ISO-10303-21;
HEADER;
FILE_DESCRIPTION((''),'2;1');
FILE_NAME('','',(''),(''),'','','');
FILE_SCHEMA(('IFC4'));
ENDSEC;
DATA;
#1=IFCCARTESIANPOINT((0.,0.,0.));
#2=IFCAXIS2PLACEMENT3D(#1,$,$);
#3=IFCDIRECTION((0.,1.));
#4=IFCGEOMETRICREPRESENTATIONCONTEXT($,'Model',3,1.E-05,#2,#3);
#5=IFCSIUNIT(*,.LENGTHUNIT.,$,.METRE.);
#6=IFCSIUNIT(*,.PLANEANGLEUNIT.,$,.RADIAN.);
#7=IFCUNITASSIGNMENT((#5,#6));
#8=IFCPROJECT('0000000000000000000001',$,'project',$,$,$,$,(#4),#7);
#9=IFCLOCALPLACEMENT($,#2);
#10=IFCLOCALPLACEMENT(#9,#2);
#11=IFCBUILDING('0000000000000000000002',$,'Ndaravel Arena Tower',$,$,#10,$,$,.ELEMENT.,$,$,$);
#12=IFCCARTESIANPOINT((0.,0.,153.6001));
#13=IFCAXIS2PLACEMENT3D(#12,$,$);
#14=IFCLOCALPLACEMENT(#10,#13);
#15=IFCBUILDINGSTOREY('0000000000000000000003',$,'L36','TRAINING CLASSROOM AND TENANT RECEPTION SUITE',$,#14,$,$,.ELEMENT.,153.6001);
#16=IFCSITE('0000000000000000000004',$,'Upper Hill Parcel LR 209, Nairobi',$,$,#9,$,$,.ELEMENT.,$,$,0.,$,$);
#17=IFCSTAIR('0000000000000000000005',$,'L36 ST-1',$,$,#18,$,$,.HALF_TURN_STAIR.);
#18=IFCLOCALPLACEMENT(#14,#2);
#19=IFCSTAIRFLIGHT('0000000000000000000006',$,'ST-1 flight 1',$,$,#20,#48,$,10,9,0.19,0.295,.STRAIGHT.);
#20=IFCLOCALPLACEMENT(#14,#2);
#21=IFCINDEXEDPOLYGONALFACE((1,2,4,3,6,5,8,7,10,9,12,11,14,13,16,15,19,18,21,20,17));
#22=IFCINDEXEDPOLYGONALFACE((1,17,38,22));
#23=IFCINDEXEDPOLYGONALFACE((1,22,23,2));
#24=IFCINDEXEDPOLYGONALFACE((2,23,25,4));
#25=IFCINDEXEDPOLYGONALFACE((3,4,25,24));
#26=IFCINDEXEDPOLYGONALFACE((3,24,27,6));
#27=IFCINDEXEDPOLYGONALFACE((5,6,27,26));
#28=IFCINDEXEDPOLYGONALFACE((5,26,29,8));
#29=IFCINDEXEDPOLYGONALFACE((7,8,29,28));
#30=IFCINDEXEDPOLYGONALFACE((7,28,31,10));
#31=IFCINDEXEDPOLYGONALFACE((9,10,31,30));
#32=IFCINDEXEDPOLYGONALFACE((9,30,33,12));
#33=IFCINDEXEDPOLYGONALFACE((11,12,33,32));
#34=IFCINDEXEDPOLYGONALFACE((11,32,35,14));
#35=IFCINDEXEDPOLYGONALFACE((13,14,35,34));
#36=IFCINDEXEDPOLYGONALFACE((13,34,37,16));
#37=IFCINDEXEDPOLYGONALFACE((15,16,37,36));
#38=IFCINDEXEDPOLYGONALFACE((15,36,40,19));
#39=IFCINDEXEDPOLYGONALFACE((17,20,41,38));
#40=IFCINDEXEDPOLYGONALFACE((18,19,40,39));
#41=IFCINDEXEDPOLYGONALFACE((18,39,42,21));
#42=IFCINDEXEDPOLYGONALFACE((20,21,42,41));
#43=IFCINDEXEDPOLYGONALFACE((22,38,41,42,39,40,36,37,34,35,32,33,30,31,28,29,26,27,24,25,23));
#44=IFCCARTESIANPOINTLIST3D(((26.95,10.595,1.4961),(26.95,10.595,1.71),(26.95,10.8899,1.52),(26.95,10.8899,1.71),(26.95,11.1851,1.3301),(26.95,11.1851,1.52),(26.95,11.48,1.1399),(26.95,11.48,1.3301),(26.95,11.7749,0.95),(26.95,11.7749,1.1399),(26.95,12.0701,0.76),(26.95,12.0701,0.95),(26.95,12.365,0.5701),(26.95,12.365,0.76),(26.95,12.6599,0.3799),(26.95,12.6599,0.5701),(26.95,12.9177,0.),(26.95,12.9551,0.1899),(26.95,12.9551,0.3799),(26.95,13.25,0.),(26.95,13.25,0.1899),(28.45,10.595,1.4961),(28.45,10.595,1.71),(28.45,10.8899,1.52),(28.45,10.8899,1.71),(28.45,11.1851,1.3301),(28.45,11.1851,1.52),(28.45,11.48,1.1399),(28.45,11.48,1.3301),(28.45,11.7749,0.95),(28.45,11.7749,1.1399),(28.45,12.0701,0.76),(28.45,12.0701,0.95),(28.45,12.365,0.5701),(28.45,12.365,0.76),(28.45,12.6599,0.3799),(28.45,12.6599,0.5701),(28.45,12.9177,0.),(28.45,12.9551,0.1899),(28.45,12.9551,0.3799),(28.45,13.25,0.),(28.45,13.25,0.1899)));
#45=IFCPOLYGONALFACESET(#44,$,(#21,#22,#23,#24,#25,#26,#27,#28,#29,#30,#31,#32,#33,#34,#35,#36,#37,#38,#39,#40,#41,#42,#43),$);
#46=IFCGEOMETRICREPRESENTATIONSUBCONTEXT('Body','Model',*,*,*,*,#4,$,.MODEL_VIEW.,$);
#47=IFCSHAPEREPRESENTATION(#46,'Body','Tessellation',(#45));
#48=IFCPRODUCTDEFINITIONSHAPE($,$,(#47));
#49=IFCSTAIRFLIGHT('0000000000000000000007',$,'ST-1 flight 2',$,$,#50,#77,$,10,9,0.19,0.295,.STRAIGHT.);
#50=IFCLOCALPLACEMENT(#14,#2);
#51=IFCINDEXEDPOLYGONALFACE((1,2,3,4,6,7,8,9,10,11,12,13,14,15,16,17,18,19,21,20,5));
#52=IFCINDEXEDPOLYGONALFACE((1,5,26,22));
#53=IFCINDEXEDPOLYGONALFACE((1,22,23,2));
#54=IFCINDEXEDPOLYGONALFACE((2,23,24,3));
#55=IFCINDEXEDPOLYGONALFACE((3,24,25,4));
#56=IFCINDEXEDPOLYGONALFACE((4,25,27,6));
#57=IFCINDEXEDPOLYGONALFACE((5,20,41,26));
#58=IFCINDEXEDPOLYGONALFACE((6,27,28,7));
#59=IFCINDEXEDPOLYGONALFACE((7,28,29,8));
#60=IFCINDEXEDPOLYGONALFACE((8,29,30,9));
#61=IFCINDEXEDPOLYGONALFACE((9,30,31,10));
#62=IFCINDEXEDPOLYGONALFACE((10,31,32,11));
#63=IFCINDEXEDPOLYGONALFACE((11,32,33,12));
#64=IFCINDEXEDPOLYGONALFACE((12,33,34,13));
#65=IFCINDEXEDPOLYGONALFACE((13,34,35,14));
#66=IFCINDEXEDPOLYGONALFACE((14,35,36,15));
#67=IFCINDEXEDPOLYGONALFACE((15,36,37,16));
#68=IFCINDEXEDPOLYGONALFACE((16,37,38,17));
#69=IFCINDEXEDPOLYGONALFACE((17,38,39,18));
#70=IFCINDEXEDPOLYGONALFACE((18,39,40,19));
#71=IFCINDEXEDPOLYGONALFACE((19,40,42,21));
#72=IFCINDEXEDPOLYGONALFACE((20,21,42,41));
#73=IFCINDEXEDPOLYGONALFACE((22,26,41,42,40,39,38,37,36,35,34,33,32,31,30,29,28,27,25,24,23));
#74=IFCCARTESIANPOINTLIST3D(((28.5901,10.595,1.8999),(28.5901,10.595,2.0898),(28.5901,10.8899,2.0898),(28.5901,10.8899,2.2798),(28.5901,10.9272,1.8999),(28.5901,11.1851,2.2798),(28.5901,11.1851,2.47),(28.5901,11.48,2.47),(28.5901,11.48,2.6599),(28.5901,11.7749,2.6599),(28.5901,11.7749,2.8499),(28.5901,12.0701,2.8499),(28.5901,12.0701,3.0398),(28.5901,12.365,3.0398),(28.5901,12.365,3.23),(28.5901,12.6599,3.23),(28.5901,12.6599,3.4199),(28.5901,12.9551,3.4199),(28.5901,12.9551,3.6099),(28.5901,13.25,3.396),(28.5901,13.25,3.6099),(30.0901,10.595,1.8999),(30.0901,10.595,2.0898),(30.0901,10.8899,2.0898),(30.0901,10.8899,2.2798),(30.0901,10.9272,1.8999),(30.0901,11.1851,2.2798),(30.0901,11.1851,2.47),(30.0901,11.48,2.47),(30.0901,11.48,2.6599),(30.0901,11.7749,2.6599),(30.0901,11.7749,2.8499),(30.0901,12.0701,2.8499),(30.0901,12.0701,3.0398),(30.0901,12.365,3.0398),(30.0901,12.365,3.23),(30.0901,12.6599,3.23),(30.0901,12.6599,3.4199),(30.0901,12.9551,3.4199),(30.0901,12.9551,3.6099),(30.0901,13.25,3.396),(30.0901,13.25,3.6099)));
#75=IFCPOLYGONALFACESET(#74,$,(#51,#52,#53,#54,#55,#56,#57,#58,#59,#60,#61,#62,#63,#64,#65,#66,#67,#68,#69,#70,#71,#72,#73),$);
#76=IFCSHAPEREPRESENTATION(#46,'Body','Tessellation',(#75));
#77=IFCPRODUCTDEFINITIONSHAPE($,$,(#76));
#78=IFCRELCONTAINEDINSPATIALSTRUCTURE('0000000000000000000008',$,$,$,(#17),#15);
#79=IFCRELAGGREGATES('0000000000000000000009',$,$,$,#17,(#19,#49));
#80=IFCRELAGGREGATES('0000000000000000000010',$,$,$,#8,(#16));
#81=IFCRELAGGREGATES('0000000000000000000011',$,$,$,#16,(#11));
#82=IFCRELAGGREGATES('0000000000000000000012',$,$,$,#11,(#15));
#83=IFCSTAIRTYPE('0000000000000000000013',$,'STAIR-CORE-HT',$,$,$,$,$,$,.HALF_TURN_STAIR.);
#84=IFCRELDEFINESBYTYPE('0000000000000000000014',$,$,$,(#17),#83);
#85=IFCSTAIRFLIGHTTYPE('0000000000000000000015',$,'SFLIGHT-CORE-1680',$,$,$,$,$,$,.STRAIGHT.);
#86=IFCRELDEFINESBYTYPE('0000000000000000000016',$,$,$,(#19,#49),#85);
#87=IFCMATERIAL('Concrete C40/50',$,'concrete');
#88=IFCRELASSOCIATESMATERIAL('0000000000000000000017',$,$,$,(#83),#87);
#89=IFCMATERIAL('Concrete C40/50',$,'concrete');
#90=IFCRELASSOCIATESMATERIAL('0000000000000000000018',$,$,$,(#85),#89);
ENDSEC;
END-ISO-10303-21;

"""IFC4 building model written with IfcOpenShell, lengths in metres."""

from ifc_helpers import new_model, si_unit, direction, frame, origin, place, context, subcontext, project, spatial, polyline, outline, extrude, material, type_object, element, aggregate, save


model = new_model("IFC4")

# Units and contexts
model_context = context("Model", 3, precision=1e-05, world=origin(), true_north=direction((0.0, 1.0)))
body_context = subcontext(model_context, "Body", "Model", "MODEL_VIEW")
ifc_project = project(units=[si_unit("LENGTHUNIT", "METRE"), si_unit("PLANEANGLEUNIT", "RADIAN")], contexts=[model_context])

# Site, building, storey
site_placement = place(None, origin())
site = spatial("IfcSite", under=ifc_project, at=site_placement, Name="Upper Hill Parcel LR 209, Nairobi", CompositionType="ELEMENT", RefElevation=0.0)
building_placement = place(site_placement, origin())
building = spatial("IfcBuilding", under=site, at=building_placement, Name="Ndaravel Arena Tower", CompositionType="ELEMENT")
storey_placement = place(building_placement, frame((0.0, 0.0, 153.6001)))
storey = spatial("IfcBuildingStorey", under=building, at=storey_placement, Name="L36", Description="TRAINING CLASSROOM AND TENANT RECEPTION SUITE", CompositionType="ELEMENT", Elevation=153.6001)

# Stair, stair flights
ifc_material_1 = material(Name="Concrete C40/50", Category="concrete")
stair_type = type_object("IfcStairType", Name="STAIR-CORE-HT", PredefinedType="HALF_TURN_STAIR", material=ifc_material_1)
stair_placement = place(storey_placement, origin())
stair = element("IfcStair", 1, at=stair_placement, inside=storey, type_object=stair_type, Name="L36 ST-1", PredefinedType="HALF_TURN_STAIR")
ifc_material_2 = material(Name="Concrete C40/50", Category="concrete")
stair_flight_type = type_object("IfcStairFlightType", Name="SFLIGHT-CORE-1680", PredefinedType="STRAIGHT", material=ifc_material_2)
stair_flight_1_placement = place(storey_placement, frame((27.7, 13.25, 0.0), z_axis=(0.0, 0.0, 1.0), x_axis=(0.0, -1.0, 0.0)))
stair_flight_1 = element("IfcStairFlight", 2, at=stair_flight_1_placement, type_object=stair_flight_type, Name="ST-1 flight 1", NumberOfRisers=10, NumberOfTreads=9, PredefinedType="STRAIGHT", RiserHeight=0.19, TreadLength=0.295, context=body_context, shape_type="SweptSolid", body=[
    extrude(outline(polyline([(0.0, 0.0), (0.0, 0.1899), (0.2949, 0.1899), (0.2949, 0.3799), (0.5901, 0.3799), (0.5901, 0.5701), (0.885, 0.5701), (0.885, 0.76), (1.1799, 0.76), (1.1799, 0.95), (1.4751, 0.95), (1.4751, 1.1399), (1.77, 1.1399), (1.77, 1.3301), (2.0649, 1.3301), (2.0649, 1.52), (2.3601, 1.52), (2.3601, 1.71), (2.655, 1.71), (2.655, 1.8999), (2.655, 1.4961), (0.3323, 0.0), (0.0, 0.0)])), frame((0.0, 0.75, 0.0), z_axis=(0.0, -1.0, 0.0), x_axis=(1.0, 0.0, 0.0)), (0.0, 0.0, 1.0), 1.5),
])
stair_flight_2_placement = place(storey_placement, frame((29.3401, 10.595, 1.8999), z_axis=(0.0, 0.0, 1.0), x_axis=(0.0, 1.0, 0.0)))
stair_flight_2 = element("IfcStairFlight", 3, at=stair_flight_2_placement, type_object=stair_flight_type, Name="ST-1 flight 2", NumberOfRisers=10, NumberOfTreads=9, PredefinedType="STRAIGHT", RiserHeight=0.19, TreadLength=0.295, context=body_context, shape_type="SweptSolid", body=[
    extrude(outline(polyline([(0.0, 0.0), (0.0, 0.1899), (0.2949, 0.1899), (0.2949, 0.3799), (0.5901, 0.3799), (0.5901, 0.5701), (0.885, 0.5701), (0.885, 0.76), (1.1799, 0.76), (1.1799, 0.95), (1.4751, 0.95), (1.4751, 1.1399), (1.77, 1.1399), (1.77, 1.3301), (2.0649, 1.3301), (2.0649, 1.52), (2.3601, 1.52), (2.3601, 1.71), (2.655, 1.71), (2.655, 1.8999), (2.655, 1.4961), (0.3323, 0.0), (0.0, 0.0)])), frame((0.0, 0.75, 0.0), z_axis=(0.0, -1.0, 0.0), x_axis=(1.0, 0.0, 0.0)), (0.0, 0.0, 1.0), 1.5),
])
aggregate(stair, [stair_flight_1, stair_flight_2])

save(model, "model.ifc")
